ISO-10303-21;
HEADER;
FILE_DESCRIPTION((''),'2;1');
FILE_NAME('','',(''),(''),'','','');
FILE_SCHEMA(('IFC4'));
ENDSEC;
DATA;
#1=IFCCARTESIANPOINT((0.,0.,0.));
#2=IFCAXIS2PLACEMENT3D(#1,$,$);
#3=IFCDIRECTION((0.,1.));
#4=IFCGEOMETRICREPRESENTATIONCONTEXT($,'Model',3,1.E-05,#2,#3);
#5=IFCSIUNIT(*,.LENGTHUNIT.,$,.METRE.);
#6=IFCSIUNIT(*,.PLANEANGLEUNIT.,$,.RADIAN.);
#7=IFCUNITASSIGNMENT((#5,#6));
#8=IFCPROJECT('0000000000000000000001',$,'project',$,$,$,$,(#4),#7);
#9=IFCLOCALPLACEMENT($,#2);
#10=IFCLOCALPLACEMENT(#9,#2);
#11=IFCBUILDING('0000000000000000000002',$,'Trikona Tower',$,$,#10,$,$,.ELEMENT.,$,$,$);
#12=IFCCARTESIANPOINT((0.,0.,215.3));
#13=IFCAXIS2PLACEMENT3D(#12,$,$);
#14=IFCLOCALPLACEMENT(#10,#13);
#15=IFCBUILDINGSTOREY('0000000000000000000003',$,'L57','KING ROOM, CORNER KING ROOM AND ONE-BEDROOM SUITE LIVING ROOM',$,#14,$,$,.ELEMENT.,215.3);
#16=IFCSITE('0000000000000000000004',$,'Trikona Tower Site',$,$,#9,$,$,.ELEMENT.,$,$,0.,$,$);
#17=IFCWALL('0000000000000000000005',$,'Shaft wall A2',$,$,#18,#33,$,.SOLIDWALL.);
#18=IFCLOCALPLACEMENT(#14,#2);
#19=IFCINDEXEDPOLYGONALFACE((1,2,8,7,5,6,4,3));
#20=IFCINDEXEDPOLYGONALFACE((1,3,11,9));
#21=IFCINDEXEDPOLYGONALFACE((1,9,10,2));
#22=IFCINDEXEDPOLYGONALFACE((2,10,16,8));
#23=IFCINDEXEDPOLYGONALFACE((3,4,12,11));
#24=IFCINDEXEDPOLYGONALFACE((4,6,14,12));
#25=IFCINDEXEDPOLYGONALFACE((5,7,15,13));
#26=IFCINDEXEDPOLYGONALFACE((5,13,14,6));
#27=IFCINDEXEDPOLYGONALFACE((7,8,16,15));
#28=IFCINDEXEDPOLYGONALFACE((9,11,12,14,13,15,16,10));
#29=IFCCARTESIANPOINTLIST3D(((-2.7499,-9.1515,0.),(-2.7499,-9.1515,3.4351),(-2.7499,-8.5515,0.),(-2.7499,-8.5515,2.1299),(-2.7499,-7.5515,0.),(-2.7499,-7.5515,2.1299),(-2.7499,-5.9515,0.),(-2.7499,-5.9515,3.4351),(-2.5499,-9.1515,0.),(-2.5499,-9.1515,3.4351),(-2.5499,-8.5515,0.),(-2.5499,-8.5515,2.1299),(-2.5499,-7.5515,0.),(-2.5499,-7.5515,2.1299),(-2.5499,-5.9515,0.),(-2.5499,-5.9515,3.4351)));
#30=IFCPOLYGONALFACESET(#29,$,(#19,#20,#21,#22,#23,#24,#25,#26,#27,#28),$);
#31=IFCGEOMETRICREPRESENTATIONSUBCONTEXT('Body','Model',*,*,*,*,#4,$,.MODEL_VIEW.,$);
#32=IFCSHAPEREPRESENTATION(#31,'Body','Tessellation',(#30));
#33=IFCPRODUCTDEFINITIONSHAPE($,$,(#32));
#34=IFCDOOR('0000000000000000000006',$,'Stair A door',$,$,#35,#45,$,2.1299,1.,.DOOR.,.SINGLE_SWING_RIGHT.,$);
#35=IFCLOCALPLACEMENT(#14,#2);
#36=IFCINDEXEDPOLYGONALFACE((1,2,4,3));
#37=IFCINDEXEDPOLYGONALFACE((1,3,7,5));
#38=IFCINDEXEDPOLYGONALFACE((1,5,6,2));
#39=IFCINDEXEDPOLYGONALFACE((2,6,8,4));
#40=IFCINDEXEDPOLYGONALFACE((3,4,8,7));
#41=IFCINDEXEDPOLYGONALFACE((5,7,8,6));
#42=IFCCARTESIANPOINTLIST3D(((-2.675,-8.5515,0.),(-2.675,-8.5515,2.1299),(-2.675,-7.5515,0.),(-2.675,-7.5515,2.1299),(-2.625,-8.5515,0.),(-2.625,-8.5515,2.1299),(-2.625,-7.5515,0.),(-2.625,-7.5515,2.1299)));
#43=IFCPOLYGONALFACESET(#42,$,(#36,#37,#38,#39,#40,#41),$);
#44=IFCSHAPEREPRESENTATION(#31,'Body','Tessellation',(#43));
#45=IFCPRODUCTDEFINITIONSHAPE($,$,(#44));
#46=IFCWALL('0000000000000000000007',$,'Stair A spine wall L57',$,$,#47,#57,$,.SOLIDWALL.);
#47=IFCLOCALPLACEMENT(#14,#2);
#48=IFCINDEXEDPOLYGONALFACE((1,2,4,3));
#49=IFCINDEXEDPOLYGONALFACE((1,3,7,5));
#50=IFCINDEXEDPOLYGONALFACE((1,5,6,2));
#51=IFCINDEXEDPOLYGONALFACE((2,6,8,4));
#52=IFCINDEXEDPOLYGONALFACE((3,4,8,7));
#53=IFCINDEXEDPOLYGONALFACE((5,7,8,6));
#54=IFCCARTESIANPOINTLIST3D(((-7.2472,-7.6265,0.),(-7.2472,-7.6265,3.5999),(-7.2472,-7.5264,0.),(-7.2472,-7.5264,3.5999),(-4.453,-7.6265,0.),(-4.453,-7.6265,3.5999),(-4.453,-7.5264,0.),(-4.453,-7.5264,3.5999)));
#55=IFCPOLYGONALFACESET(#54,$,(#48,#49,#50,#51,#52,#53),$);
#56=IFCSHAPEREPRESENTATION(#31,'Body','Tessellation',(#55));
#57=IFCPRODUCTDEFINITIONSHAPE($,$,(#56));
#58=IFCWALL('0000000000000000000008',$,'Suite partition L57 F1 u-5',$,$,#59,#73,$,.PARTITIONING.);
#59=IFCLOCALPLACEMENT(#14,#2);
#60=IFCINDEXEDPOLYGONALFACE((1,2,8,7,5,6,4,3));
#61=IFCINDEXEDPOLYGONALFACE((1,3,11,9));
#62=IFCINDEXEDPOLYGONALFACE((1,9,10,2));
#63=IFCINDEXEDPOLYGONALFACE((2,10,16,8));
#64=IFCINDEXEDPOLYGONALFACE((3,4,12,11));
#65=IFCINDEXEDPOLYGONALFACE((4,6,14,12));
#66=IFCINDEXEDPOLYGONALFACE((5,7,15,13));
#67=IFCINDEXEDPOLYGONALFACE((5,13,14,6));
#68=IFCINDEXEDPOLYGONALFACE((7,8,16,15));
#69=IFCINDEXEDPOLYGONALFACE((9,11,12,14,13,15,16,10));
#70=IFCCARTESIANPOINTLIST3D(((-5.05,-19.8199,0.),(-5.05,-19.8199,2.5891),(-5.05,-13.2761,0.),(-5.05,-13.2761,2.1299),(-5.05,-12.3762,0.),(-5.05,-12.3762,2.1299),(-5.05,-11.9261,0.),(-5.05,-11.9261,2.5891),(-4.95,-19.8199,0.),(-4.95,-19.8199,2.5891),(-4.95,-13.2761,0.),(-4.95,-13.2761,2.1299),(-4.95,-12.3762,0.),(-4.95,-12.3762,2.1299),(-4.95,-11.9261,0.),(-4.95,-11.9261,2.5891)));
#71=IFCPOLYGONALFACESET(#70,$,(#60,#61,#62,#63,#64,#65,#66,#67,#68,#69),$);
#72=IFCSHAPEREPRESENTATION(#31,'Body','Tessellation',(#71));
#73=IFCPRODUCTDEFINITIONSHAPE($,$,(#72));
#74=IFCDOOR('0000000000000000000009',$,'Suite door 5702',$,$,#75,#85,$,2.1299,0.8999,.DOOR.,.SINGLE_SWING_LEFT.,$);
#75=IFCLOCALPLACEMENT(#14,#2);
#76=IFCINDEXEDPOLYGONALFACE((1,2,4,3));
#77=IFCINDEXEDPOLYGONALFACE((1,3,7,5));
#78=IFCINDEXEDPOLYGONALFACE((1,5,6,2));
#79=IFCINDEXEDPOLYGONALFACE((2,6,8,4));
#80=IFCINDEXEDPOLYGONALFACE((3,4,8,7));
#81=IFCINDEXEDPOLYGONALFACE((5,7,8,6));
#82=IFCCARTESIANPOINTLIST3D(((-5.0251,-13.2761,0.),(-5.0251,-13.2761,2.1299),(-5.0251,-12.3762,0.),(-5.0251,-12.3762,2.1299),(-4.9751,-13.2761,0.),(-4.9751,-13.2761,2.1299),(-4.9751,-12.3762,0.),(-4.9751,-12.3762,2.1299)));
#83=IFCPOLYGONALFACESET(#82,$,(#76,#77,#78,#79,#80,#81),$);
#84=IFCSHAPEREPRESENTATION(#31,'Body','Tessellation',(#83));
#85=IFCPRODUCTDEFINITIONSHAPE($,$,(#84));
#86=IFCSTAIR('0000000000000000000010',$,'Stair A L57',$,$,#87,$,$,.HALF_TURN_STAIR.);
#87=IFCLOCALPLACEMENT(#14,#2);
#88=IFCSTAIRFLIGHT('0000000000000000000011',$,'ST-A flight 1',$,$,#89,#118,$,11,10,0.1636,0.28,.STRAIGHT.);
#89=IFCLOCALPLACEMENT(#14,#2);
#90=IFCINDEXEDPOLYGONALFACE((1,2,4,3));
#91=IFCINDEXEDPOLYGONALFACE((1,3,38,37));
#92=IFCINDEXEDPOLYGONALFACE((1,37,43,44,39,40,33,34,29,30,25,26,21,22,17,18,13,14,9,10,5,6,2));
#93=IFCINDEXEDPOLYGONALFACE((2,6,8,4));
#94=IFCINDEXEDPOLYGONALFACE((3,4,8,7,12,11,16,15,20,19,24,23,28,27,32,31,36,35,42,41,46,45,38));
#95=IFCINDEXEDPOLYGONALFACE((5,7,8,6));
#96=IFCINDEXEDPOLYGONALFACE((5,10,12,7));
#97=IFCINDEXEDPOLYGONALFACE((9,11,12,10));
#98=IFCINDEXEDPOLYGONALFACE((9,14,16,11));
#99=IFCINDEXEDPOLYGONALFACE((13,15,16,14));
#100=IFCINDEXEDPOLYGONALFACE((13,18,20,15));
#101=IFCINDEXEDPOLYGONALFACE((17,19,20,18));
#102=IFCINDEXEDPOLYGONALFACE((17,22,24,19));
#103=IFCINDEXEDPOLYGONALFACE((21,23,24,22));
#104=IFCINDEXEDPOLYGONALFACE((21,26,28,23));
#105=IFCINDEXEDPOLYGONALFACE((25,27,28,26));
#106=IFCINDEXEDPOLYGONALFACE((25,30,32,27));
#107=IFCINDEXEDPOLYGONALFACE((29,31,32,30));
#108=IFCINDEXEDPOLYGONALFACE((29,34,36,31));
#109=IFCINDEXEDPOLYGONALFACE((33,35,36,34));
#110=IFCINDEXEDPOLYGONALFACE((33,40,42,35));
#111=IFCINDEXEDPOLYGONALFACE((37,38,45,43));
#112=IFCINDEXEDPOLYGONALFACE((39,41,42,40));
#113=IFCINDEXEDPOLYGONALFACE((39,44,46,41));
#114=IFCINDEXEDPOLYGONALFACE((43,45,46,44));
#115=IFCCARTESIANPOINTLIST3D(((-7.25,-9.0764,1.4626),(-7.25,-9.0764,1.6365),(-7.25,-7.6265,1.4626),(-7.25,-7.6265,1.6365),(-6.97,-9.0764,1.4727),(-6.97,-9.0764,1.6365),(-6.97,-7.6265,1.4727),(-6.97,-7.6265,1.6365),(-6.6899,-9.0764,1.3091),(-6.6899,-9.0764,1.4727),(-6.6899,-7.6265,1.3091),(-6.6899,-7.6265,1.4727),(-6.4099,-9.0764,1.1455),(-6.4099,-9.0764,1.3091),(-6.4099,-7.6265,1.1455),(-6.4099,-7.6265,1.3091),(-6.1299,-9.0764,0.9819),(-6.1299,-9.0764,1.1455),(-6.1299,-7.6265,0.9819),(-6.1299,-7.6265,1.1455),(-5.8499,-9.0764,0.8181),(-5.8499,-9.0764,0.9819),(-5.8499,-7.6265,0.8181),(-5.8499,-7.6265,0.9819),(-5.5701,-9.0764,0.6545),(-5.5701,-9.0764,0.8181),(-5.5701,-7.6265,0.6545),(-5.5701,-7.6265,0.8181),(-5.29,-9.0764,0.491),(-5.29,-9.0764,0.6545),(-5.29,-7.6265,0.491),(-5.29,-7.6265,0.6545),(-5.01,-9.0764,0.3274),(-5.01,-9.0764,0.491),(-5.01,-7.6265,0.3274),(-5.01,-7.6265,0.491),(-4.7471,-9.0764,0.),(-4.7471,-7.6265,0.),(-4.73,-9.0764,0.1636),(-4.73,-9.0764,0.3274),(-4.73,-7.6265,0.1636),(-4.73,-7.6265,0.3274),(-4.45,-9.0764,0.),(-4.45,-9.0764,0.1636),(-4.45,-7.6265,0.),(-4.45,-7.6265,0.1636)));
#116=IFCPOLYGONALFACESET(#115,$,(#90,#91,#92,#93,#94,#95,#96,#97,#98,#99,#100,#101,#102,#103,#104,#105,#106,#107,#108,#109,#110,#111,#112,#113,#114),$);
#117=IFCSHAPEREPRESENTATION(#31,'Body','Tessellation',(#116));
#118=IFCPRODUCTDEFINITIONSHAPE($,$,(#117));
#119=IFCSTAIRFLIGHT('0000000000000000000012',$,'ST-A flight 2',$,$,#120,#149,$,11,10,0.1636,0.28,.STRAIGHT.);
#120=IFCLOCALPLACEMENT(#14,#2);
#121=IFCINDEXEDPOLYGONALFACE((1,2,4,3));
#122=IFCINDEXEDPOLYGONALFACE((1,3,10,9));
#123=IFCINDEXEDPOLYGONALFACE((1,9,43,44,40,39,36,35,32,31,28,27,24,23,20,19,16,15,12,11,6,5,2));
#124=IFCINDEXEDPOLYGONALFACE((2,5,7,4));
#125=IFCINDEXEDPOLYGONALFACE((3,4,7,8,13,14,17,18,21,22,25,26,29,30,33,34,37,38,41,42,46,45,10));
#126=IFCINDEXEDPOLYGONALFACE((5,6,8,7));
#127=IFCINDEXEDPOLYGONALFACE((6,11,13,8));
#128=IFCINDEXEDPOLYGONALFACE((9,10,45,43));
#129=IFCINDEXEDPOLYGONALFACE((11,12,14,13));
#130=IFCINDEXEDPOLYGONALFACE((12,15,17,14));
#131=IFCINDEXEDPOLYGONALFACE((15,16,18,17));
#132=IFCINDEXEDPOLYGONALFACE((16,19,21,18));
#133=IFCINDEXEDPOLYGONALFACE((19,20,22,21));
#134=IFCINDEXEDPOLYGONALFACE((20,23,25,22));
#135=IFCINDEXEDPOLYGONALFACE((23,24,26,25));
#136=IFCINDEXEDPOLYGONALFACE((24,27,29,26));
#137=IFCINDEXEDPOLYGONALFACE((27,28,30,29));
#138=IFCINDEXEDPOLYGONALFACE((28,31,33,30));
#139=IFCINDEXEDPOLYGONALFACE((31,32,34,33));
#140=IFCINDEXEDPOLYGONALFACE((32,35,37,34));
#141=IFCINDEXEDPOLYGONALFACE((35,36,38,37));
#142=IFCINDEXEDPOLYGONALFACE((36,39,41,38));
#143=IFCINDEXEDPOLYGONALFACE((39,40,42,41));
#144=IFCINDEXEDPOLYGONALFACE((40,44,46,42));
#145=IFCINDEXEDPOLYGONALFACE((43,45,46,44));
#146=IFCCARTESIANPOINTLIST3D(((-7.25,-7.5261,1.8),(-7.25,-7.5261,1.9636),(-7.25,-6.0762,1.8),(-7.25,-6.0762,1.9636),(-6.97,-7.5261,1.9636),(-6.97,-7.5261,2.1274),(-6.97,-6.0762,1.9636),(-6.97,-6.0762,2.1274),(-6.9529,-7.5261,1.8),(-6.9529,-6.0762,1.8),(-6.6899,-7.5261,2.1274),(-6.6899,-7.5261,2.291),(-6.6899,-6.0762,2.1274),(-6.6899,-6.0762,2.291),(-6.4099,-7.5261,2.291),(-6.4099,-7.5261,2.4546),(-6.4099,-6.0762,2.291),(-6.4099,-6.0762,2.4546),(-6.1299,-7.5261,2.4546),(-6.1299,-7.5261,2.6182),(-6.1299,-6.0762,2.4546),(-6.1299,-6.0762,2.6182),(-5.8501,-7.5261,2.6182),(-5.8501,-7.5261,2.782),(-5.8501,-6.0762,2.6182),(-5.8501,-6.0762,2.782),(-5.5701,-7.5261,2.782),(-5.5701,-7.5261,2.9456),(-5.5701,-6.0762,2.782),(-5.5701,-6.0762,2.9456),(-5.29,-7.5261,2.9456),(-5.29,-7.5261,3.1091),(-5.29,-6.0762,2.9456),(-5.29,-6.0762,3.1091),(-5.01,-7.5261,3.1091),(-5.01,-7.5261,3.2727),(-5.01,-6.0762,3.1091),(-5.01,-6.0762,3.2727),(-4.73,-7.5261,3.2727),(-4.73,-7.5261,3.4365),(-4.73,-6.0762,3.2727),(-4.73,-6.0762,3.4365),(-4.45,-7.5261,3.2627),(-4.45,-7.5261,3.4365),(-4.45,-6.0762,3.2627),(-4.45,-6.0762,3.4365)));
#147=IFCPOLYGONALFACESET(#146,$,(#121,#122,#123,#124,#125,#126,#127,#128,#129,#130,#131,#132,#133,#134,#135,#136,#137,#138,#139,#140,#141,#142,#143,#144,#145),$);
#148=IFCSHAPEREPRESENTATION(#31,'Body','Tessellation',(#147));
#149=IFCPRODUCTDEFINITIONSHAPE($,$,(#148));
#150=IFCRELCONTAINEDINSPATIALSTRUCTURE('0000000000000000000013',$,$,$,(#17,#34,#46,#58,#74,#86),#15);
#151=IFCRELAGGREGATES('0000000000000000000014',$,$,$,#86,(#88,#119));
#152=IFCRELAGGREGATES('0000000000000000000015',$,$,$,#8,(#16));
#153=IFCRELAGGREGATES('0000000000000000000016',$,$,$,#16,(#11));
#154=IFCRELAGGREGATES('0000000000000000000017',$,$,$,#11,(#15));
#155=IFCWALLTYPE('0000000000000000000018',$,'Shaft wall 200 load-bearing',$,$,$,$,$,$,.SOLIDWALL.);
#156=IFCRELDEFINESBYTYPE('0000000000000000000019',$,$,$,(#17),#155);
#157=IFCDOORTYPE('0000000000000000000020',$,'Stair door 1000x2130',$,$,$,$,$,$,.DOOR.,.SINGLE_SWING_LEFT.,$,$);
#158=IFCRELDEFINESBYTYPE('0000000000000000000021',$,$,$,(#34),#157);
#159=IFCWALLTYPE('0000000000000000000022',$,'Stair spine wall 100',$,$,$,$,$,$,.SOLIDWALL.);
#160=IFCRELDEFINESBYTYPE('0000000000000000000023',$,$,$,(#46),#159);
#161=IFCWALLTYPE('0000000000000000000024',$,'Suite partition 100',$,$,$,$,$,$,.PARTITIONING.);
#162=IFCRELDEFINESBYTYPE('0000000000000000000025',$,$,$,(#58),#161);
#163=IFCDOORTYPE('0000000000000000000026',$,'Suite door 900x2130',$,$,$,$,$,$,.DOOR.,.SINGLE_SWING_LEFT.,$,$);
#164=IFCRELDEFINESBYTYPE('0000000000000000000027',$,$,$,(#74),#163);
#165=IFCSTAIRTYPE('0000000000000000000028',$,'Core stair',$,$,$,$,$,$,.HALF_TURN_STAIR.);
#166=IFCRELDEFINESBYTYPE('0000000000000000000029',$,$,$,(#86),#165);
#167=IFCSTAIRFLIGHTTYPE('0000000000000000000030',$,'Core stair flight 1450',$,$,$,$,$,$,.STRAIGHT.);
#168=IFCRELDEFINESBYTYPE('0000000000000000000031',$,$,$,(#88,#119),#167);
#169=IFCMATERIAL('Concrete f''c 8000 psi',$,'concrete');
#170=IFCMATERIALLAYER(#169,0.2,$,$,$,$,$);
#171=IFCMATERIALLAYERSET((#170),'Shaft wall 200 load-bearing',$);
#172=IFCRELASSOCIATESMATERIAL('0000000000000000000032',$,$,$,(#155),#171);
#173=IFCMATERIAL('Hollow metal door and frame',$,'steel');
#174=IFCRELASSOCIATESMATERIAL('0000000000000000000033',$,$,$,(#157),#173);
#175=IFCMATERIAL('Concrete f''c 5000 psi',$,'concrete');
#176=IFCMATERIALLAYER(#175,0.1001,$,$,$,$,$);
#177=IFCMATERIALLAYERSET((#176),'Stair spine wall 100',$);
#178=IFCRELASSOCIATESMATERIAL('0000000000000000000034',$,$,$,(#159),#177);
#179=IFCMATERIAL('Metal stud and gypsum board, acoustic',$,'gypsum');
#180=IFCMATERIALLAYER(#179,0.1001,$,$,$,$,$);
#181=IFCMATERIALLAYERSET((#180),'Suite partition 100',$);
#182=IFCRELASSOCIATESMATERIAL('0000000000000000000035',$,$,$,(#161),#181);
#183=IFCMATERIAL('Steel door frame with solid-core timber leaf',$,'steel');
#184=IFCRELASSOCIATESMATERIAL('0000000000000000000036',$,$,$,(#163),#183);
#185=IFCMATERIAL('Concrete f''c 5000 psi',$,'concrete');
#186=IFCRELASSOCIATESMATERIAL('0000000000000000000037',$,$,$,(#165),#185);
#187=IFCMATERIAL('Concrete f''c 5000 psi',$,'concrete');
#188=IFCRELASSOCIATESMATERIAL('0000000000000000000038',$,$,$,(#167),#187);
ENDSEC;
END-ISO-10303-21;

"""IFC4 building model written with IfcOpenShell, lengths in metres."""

from ifc_helpers import new_model, si_unit, direction, frame, frame_2d, origin, place, context, subcontext, project, spatial, polyline, rectangle, outline, extrude, material, layer, layer_set, type_object, element, fill, aggregate, save


model = new_model("IFC4")

# Units and contexts
model_context = context("Model", 3, precision=1e-05, world=origin(), true_north=direction((0.0, 1.0)))
body_context = subcontext(model_context, "Body", "Model", "MODEL_VIEW")
ifc_project = project(units=[si_unit("LENGTHUNIT", "METRE"), si_unit("PLANEANGLEUNIT", "RADIAN")], contexts=[model_context])

# Site, building, storey
site_placement = place(None, origin())
site = spatial("IfcSite", under=ifc_project, at=site_placement, Name="Trikona Tower Site", CompositionType="ELEMENT", RefElevation=0.0)
building_placement = place(site_placement, origin())
building = spatial("IfcBuilding", under=site, at=building_placement, Name="Trikona Tower", CompositionType="ELEMENT")
storey_placement = place(building_placement, frame((0.0, 0.0, 215.3)))
storey = spatial("IfcBuildingStorey", under=building, at=storey_placement, Name="L57", Description="KING ROOM, CORNER KING ROOM AND ONE-BEDROOM SUITE LIVING ROOM", CompositionType="ELEMENT", Elevation=215.3)

# Shared definitions
ifc_material_1 = material(Name="Concrete f'c 8000 psi", Category="concrete")
ifc_layer_1 = layer(ifc_material_1, 0.2)
ifc_layer_set_1 = layer_set([ifc_layer_1], Name="Shaft wall 200 load-bearing")
wall_type_1 = type_object("IfcWallType", Name="Shaft wall 200 load-bearing", PredefinedType="SOLIDWALL", material=ifc_layer_set_1)

# Wall, opening, door
wall_1_placement = place(storey_placement, frame((-2.6499, -5.9514, 0.0), z_axis=(0.0, 0.0, 1.0), x_axis=(0.0, -1.0, 0.0)))
wall_1 = element("IfcWall", 1, at=wall_1_placement, inside=storey, type_object=wall_type_1, Name="Shaft wall A2", PredefinedType="SOLIDWALL", context=body_context, shape_type="SweptSolid", body=[
    extrude(rectangle(XDim=3.2, YDim=0.2, at=frame_2d((1.6001, 0.0))), origin(), (0.0, 0.0, 1.0), 3.4351),
])
opening_1_placement = place(wall_1_placement, frame((1.6001, 0.0, 0.0)))
opening_1 = element("IfcOpeningElement", 2, at=opening_1_placement, cuts=wall_1, PredefinedType="OPENING", context=body_context, shape_type="SweptSolid", body=[
    extrude(rectangle(XDim=1.0, YDim=2.1299, at=frame_2d((0.5, 1.0649))), frame((0.0, 0.1099, 0.0), z_axis=(0.0, -1.0, 0.0), x_axis=(1.0, 0.0, 0.0)), (0.0, 0.0, 1.0), 0.22),
])
ifc_material_2 = material(Name="Hollow metal door and frame", Category="steel")
door_type_1 = type_object("IfcDoorType", Name="Stair door 1000x2130", OperationType="SINGLE_SWING_LEFT", PredefinedType="DOOR", material=ifc_material_2)
door_1_placement = place(opening_1_placement, origin())
door_1 = element("IfcDoor", 3, at=door_1_placement, inside=storey, type_object=door_type_1, Name="Stair A door", OperationType="SINGLE_SWING_RIGHT", OverallHeight=2.1299, OverallWidth=1.0, PredefinedType="DOOR", context=body_context, shape_type="SweptSolid", body=[
    extrude(rectangle(XDim=1.0, YDim=2.1299, at=frame_2d((0.5, 1.0649))), frame((0.0, 0.0249, 0.0), z_axis=(0.0, -1.0, 0.0), x_axis=(1.0, 0.0, 0.0)), (0.0, 0.0, 1.0), 0.05),
])
fill(opening_1, door_1)

# Wall
ifc_material_3 = material(Name="Concrete f'c 5000 psi", Category="concrete")
ifc_layer_2 = layer(ifc_material_3, 0.1001)
ifc_layer_set_2 = layer_set([ifc_layer_2], Name="Stair spine wall 100")
wall_type_2 = type_object("IfcWallType", Name="Stair spine wall 100", PredefinedType="SOLIDWALL", material=ifc_layer_set_2)
wall_2_placement = place(storey_placement, frame((-7.2471, -7.5764, 0.0), z_axis=(0.0, 0.0, 1.0), x_axis=(1.0, 0.0, 0.0)))
element("IfcWall", 4, at=wall_2_placement, inside=storey, type_object=wall_type_2, Name="Stair A spine wall L57", PredefinedType="SOLIDWALL", context=body_context, shape_type="SweptSolid", body=[
    extrude(rectangle(XDim=2.7942, YDim=0.1001, at=frame_2d((1.397, 0.0))), origin(), (0.0, 0.0, 1.0), 3.5999),
])

# Wall, opening, door
ifc_material_4 = material(Name="Metal stud and gypsum board, acoustic", Category="gypsum")
ifc_layer_3 = layer(ifc_material_4, 0.1001)
ifc_layer_set_3 = layer_set([ifc_layer_3], Name="Suite partition 100")
wall_type_3 = type_object("IfcWallType", Name="Suite partition 100", PredefinedType="PARTITIONING", material=ifc_layer_set_3)
wall_3_placement = place(storey_placement, frame((-5.0, -11.9263, 0.0), z_axis=(0.0, 0.0, 1.0), x_axis=(0.0, -1.0, 0.0)))
wall_3 = element("IfcWall", 5, at=wall_3_placement, inside=storey, type_object=wall_type_3, Name="Suite partition L57 F1 u-5", PredefinedType="PARTITIONING", context=body_context, shape_type="SweptSolid", body=[
    extrude(rectangle(XDim=7.8938, YDim=0.1001, at=frame_2d((3.9468, 0.0))), origin(), (0.0, 0.0, 1.0), 2.5891),
])
opening_2_placement = place(wall_3_placement, frame((0.45, 0.0, 0.0)))
opening_2 = element("IfcOpeningElement", 6, at=opening_2_placement, cuts=wall_3, PredefinedType="OPENING", context=body_context, shape_type="SweptSolid", body=[
    extrude(rectangle(XDim=0.8999, YDim=2.1299, at=frame_2d((0.45, 1.0649))), frame((0.0, 0.0601, 0.0), z_axis=(0.0, -1.0, 0.0), x_axis=(1.0, 0.0, 0.0)), (0.0, 0.0, 1.0), 0.1201),
])
ifc_material_5 = material(Name="Steel door frame with solid-core timber leaf", Category="steel")
door_type_2 = type_object("IfcDoorType", Name="Suite door 900x2130", OperationType="SINGLE_SWING_LEFT", PredefinedType="DOOR", material=ifc_material_5)
door_2_placement = place(opening_2_placement, origin())
door_2 = element("IfcDoor", 7, at=door_2_placement, inside=storey, type_object=door_type_2, Name="Suite door 5702", OperationType="SINGLE_SWING_LEFT", OverallHeight=2.1299, OverallWidth=0.8999, PredefinedType="DOOR", context=body_context, shape_type="SweptSolid", body=[
    extrude(rectangle(XDim=0.8999, YDim=2.1299, at=frame_2d((0.45, 1.0649))), frame((0.0, 0.0249, 0.0), z_axis=(0.0, -1.0, 0.0), x_axis=(1.0, 0.0, 0.0)), (0.0, 0.0, 1.0), 0.05),
])
fill(opening_2, door_2)

# Stair, stair flights
ifc_material_6 = material(Name="Concrete f'c 5000 psi", Category="concrete")
stair_type = type_object("IfcStairType", Name="Core stair", PredefinedType="HALF_TURN_STAIR", material=ifc_material_6)
stair_placement = place(storey_placement, origin())
stair = element("IfcStair", 8, at=stair_placement, inside=storey, type_object=stair_type, Name="Stair A L57", PredefinedType="HALF_TURN_STAIR")
ifc_material_7 = material(Name="Concrete f'c 5000 psi", Category="concrete")
stair_flight_type = type_object("IfcStairFlightType", Name="Core stair flight 1450", PredefinedType="STRAIGHT", material=ifc_material_7)
stair_flight_1_placement = place(storey_placement, frame((-4.45, -8.3513, 0.0), z_axis=(0.0, 0.0, 1.0), x_axis=(-1.0, 0.0, 0.0)))
stair_flight_1 = element("IfcStairFlight", 9, at=stair_flight_1_placement, type_object=stair_flight_type, Name="ST-A flight 1", NumberOfRisers=11, NumberOfTreads=10, PredefinedType="STRAIGHT", RiserHeight=0.1636, TreadLength=0.28, context=body_context, shape_type="SweptSolid", body=[
    extrude(outline(polyline([(0.0, 0.0), (0.0, 0.1636), (0.28, 0.1636), (0.28, 0.3274), (0.5601, 0.3274), (0.5601, 0.491), (0.8401, 0.491), (0.8401, 0.6545), (1.1201, 0.6545), (1.1201, 0.8181), (1.3999, 0.8181), (1.3999, 0.9819), (1.6799, 0.9819), (1.6799, 1.1455), (1.96, 1.1455), (1.96, 1.3091), (2.24, 1.3091), (2.24, 1.4727), (2.52, 1.4727), (2.52, 1.6365), (2.8, 1.6365), (2.8, 1.8), (2.8, 1.4626), (0.2971, 0.0), (0.0, 0.0)])), frame((0.0, 0.7251, 0.0), z_axis=(0.0, -1.0, 0.0), x_axis=(1.0, 0.0, 0.0)), (0.0, 0.0, 1.0), 1.45),
])
stair_flight_2_placement = place(storey_placement, frame((-7.25, -6.8013, 1.8), z_axis=(0.0, 0.0, 1.0), x_axis=(1.0, 0.0, 0.0)))
stair_flight_2 = element("IfcStairFlight", 10, at=stair_flight_2_placement, type_object=stair_flight_type, Name="ST-A flight 2", NumberOfRisers=11, NumberOfTreads=10, PredefinedType="STRAIGHT", RiserHeight=0.1636, TreadLength=0.28, context=body_context, shape_type="SweptSolid", body=[
    extrude(outline(polyline([(0.0, 0.0), (0.0, 0.1636), (0.28, 0.1636), (0.28, 0.3274), (0.5601, 0.3274), (0.5601, 0.491), (0.8401, 0.491), (0.8401, 0.6545), (1.1201, 0.6545), (1.1201, 0.8181), (1.3999, 0.8181), (1.3999, 0.9819), (1.6799, 0.9819), (1.6799, 1.1455), (1.96, 1.1455), (1.96, 1.3091), (2.24, 1.3091), (2.24, 1.4727), (2.52, 1.4727), (2.52, 1.6365), (2.8, 1.6365), (2.8, 1.8), (2.8, 1.4626), (0.2971, 0.0), (0.0, 0.0)])), frame((0.0, 0.7251, 0.0), z_axis=(0.0, -1.0, 0.0), x_axis=(1.0, 0.0, 0.0)), (0.0, 0.0, 1.0), 1.45),
])
aggregate(stair, [stair_flight_1, stair_flight_2])

save(model, "model.ifc")
